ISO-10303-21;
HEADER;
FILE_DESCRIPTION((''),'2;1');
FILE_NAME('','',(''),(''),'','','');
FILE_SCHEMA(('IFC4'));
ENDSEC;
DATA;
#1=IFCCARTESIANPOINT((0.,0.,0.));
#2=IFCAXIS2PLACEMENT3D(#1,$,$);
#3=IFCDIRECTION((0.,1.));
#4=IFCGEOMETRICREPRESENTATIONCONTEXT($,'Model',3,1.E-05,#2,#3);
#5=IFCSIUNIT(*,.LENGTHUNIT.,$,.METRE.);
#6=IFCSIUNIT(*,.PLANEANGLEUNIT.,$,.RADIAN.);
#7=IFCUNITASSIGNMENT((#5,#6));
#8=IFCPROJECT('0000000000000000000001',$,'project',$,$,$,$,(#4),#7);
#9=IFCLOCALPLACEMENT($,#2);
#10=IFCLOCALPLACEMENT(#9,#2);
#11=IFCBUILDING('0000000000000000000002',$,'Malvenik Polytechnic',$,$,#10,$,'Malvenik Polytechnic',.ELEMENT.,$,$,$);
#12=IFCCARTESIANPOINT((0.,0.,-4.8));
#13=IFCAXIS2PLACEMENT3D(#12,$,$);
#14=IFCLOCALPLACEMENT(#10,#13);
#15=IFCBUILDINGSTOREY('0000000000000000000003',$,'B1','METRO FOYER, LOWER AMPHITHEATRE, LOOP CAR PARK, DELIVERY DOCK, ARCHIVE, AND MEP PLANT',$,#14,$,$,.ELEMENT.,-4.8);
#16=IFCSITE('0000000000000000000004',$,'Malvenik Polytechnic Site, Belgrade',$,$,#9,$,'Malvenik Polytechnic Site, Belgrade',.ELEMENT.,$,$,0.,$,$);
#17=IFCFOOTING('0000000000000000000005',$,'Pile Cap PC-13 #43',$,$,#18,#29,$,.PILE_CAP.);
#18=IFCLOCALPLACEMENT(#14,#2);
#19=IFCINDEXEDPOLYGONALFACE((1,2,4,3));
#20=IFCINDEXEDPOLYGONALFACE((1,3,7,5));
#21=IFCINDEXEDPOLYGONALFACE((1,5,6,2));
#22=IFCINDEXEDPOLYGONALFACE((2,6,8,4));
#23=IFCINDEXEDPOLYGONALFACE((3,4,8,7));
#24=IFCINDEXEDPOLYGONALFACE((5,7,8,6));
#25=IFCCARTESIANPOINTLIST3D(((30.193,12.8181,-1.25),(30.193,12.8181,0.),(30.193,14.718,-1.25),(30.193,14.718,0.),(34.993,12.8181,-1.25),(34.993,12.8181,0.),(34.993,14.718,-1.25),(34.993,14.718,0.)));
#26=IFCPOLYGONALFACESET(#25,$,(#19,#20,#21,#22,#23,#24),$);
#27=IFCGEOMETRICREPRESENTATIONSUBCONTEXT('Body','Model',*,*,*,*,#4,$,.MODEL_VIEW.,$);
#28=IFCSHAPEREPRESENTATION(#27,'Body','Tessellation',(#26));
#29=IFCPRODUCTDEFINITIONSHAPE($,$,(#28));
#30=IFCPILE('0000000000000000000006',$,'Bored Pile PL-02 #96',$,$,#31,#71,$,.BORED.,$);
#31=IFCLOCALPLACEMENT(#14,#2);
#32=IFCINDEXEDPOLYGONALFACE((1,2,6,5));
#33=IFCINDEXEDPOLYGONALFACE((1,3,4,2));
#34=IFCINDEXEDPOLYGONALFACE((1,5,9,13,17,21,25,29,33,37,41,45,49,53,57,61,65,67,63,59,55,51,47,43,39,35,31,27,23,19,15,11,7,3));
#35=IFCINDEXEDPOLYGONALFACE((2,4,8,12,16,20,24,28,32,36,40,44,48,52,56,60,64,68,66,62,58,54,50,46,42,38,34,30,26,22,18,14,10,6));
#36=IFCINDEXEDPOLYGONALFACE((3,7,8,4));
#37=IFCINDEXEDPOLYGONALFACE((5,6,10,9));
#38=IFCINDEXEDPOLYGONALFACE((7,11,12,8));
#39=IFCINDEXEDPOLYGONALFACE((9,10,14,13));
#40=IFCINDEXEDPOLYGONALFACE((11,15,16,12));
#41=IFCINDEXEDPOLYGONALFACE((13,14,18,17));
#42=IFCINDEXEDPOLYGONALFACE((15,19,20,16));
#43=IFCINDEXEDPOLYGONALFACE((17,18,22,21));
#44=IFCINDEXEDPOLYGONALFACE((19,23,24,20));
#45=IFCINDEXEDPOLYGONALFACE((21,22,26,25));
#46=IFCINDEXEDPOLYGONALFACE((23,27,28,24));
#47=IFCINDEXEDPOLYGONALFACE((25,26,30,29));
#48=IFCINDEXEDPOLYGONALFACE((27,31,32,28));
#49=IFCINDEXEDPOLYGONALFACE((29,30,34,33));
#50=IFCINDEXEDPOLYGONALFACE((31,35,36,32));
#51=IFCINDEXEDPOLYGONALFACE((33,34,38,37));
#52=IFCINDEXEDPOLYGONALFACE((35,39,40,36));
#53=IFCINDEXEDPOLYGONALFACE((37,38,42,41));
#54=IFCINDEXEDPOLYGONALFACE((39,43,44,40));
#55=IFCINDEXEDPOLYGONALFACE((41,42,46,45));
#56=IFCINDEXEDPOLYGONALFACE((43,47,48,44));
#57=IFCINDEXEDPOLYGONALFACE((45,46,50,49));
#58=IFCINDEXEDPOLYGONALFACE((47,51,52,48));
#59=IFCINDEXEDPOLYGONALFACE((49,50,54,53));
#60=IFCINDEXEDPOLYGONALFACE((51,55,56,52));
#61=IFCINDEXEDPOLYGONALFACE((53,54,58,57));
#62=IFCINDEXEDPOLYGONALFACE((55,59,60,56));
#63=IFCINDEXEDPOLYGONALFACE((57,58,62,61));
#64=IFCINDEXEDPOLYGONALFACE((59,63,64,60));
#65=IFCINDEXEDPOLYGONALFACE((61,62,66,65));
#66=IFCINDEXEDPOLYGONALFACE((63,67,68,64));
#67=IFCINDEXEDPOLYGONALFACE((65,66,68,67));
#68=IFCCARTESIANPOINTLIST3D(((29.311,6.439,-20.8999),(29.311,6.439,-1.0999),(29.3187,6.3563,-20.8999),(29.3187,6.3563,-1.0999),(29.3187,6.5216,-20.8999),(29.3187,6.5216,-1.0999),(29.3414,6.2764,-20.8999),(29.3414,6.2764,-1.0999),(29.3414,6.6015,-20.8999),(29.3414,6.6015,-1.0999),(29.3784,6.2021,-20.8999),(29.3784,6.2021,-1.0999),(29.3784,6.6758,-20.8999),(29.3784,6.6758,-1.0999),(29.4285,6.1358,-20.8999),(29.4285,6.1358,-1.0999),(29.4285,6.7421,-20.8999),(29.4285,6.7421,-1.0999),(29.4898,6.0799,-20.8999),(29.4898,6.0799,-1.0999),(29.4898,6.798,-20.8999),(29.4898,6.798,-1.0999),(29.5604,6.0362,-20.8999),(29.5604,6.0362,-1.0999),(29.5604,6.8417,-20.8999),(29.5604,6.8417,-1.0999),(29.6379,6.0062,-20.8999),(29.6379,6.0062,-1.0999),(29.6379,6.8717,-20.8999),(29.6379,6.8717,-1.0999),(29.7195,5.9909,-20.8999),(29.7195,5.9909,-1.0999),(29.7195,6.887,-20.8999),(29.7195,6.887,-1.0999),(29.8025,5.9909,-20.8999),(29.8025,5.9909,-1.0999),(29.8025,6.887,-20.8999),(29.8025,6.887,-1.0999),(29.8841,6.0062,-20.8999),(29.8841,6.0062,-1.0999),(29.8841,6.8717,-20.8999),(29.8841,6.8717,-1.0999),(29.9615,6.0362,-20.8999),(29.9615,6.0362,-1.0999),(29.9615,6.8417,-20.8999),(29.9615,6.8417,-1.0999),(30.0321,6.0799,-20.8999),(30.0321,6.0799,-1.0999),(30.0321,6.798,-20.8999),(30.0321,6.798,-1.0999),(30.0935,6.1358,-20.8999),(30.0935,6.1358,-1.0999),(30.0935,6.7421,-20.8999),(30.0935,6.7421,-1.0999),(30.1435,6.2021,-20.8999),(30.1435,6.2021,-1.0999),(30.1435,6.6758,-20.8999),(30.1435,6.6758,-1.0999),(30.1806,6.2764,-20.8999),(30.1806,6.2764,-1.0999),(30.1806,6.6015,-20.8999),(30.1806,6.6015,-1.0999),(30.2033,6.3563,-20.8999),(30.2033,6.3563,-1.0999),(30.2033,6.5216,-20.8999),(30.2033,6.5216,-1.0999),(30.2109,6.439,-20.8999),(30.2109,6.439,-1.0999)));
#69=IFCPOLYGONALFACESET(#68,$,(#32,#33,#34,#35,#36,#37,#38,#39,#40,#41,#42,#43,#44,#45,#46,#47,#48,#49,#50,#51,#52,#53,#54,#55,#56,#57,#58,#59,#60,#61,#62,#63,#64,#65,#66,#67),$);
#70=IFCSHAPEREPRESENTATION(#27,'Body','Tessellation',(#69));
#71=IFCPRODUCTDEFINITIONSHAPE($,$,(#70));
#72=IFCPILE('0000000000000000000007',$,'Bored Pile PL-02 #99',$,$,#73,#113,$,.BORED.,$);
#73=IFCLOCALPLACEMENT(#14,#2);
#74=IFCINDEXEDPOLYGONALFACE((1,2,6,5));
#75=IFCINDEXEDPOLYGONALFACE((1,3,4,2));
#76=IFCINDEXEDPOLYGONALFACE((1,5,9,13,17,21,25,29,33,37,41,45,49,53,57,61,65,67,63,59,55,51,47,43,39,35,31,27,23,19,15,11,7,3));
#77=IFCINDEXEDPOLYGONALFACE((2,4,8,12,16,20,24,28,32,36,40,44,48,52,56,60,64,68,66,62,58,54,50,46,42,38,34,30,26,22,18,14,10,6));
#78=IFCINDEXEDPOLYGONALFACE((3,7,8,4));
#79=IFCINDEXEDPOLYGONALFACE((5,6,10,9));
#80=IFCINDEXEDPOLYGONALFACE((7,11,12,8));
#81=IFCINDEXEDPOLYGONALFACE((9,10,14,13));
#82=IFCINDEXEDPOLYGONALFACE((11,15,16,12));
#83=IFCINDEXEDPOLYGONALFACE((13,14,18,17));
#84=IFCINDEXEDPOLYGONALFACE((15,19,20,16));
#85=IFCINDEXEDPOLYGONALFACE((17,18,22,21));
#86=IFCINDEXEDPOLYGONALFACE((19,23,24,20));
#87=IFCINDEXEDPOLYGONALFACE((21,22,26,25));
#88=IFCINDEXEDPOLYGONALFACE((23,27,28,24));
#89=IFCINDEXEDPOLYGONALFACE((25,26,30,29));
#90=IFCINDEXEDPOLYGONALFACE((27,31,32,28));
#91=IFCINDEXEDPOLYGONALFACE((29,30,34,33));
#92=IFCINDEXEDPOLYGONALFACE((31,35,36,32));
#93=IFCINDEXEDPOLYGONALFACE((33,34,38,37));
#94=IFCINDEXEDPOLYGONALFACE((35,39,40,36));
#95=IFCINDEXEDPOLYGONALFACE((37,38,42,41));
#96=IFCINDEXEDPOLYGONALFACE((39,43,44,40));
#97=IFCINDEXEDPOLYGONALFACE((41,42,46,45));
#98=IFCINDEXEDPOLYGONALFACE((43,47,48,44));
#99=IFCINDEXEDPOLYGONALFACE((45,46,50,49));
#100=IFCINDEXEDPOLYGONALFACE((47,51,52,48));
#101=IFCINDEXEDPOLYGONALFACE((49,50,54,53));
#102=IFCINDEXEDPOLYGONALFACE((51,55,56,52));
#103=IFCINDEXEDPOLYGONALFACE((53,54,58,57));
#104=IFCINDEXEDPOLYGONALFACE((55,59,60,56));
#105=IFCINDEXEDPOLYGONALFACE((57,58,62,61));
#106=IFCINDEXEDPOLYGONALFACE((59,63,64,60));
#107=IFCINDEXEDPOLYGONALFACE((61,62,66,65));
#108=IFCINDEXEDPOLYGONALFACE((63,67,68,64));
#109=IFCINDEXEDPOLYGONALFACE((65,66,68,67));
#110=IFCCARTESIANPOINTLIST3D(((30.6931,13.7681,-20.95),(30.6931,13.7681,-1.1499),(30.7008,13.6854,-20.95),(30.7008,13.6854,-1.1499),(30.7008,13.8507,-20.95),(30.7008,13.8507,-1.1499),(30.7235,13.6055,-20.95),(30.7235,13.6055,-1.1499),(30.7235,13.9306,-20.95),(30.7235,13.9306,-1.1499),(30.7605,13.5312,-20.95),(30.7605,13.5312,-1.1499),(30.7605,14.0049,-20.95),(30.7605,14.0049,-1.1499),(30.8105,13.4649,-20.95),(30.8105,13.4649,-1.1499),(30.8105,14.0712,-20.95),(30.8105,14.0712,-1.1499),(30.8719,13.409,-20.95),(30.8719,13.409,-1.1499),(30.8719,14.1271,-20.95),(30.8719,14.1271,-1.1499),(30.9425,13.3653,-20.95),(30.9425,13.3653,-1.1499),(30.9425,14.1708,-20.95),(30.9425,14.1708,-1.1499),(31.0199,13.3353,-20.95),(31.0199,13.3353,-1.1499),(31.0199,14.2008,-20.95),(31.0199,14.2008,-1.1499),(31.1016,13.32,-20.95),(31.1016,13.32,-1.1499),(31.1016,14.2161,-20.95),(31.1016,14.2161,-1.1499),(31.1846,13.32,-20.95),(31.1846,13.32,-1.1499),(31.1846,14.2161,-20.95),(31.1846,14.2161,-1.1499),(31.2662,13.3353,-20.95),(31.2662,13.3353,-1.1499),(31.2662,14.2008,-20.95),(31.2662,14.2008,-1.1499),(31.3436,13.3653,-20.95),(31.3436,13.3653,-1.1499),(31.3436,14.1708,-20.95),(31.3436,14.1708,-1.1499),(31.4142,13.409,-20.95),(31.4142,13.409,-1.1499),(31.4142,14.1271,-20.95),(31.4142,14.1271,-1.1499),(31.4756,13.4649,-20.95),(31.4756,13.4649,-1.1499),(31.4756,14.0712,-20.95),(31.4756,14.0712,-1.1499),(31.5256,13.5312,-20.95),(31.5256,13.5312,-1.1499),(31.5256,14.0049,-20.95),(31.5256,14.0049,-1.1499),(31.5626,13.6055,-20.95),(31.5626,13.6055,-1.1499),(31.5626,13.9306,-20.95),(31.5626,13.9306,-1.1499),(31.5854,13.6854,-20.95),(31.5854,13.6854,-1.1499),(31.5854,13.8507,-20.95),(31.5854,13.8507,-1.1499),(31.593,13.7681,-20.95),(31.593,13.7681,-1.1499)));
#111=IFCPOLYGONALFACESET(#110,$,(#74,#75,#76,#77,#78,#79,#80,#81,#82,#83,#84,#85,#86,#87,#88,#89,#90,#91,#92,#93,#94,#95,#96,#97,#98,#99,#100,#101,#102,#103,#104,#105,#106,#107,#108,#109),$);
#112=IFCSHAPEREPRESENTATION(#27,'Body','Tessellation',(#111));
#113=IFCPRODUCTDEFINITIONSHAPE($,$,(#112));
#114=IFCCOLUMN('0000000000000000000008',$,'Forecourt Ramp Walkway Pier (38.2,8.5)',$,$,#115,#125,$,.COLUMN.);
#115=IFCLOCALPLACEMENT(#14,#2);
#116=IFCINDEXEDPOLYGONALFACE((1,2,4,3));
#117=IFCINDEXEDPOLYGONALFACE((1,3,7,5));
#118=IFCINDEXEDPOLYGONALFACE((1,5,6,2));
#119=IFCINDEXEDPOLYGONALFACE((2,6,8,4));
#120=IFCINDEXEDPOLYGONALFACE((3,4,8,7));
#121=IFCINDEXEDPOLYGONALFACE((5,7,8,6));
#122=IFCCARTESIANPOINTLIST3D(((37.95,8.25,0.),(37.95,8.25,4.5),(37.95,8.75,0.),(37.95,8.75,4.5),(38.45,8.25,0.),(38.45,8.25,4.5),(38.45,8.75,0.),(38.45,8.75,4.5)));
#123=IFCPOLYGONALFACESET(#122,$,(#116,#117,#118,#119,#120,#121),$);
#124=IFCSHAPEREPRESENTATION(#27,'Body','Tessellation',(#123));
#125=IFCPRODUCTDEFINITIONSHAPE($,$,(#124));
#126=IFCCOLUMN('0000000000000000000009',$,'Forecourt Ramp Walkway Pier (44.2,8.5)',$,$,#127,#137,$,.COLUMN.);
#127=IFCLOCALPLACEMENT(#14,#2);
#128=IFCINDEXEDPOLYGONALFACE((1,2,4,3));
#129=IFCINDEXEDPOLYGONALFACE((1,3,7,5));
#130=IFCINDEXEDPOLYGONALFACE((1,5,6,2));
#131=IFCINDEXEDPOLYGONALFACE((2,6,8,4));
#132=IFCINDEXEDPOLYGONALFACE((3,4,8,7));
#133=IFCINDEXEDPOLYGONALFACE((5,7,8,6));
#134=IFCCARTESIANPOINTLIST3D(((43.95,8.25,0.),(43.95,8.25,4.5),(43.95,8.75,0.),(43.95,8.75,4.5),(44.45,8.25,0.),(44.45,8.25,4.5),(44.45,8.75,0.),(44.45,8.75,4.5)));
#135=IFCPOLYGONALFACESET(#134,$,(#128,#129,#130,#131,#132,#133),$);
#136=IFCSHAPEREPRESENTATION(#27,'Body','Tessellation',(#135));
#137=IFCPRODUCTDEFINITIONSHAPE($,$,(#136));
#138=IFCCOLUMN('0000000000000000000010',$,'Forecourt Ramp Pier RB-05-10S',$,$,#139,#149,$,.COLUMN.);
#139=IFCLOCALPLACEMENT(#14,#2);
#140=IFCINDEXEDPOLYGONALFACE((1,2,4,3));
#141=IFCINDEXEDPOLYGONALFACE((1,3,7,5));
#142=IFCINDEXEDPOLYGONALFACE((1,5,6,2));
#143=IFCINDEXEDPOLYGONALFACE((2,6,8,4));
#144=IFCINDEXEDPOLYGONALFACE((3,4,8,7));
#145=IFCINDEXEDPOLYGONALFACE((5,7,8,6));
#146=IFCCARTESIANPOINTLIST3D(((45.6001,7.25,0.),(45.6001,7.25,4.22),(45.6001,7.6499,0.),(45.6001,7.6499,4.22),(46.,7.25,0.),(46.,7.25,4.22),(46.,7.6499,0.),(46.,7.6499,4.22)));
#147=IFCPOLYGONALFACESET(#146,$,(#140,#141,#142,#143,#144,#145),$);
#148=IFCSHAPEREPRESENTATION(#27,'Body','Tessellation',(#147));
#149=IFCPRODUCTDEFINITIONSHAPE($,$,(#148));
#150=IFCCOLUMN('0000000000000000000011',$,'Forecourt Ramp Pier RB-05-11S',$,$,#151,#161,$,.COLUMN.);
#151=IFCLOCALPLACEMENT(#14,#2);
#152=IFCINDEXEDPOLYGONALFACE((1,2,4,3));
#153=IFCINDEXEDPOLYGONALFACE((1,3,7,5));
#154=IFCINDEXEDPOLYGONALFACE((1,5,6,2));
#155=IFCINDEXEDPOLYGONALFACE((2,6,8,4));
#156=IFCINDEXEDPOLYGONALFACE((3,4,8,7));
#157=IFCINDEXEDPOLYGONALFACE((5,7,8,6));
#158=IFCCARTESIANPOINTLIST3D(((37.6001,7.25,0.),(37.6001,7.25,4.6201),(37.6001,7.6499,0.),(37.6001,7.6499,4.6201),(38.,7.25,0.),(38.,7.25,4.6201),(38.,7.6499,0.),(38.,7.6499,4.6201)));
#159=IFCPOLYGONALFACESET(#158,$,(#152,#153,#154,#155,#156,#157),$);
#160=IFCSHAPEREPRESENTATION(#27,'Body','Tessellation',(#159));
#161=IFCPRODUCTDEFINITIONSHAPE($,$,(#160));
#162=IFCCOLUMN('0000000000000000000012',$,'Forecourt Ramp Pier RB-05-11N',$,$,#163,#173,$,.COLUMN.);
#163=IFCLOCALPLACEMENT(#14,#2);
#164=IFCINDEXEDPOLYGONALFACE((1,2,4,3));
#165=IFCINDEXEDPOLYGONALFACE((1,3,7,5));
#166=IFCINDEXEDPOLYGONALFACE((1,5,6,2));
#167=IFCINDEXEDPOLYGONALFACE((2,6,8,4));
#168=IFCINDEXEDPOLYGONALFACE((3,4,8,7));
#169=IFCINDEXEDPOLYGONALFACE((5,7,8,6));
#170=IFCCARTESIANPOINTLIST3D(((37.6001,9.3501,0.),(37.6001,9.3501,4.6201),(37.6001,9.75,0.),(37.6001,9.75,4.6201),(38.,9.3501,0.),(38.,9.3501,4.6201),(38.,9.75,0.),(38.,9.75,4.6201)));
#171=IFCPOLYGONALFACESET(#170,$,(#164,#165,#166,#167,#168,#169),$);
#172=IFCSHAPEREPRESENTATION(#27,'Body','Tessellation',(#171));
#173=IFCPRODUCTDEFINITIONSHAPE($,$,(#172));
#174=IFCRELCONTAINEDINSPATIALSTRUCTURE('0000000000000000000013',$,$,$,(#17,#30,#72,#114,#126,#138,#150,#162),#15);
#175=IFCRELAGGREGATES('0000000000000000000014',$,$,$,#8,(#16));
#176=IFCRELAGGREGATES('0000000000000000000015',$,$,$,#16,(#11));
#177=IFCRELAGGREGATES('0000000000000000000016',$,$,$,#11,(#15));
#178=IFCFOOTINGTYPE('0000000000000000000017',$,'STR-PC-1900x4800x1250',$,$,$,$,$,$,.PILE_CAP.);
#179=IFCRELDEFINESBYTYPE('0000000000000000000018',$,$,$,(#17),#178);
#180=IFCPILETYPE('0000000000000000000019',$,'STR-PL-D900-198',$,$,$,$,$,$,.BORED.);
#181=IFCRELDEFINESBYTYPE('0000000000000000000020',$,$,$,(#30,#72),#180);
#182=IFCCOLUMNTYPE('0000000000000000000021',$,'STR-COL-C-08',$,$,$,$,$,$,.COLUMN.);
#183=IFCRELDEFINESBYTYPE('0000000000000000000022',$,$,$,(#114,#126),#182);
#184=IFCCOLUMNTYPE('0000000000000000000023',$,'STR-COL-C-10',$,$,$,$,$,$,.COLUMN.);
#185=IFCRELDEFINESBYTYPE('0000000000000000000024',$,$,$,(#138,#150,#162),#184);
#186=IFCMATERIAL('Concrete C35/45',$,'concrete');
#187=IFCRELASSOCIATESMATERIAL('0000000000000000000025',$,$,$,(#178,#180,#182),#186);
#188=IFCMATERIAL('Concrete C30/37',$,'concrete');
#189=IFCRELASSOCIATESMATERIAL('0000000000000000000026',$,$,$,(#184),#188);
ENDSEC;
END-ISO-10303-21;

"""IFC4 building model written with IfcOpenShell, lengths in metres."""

from ifc_helpers import new_model, si_unit, direction, frame, origin, origin_2d, place, context, subcontext, project, spatial, rectangle, circle, extrude, material, material_profile, profile_set, type_object, element, save


model = new_model("IFC4")

# Units and contexts
model_context = context("Model", 3, precision=1e-05, world=origin(), true_north=direction((0.0, 1.0)))
body_context = subcontext(model_context, "Body", "Model", "MODEL_VIEW")
ifc_project = project(units=[si_unit("LENGTHUNIT", "METRE"), si_unit("PLANEANGLEUNIT", "RADIAN")], contexts=[model_context])

# Site, building, storey
site_placement = place(None, origin())
site = spatial("IfcSite", under=ifc_project, at=site_placement, Name="Malvenik Polytechnic Site, Belgrade", LongName="Malvenik Polytechnic Site, Belgrade", CompositionType="ELEMENT", RefElevation=0.0)
building_placement = place(site_placement, origin())
building = spatial("IfcBuilding", under=site, at=building_placement, Name="Malvenik Polytechnic", LongName="Malvenik Polytechnic", CompositionType="ELEMENT")
storey_placement = place(building_placement, frame((0.0, 0.0, -4.8)))
storey = spatial("IfcBuildingStorey", under=building, at=storey_placement, Name="B1", Description="METRO FOYER, LOWER AMPHITHEATRE, LOOP CAR PARK, DELIVERY DOCK, ARCHIVE, AND MEP PLANT", CompositionType="ELEMENT", Elevation=-4.8)

# Footing
ifc_material_1 = material(Name="Concrete C35/45", Category="concrete")
footing_type = type_object("IfcFootingType", Name="STR-PC-1900x4800x1250", PredefinedType="PILE_CAP", material=ifc_material_1)
footing_placement = place(storey_placement, frame((32.593, 13.7681, -1.25), z_axis=(0.0, 0.0, 1.0), x_axis=(1.0, 0.0, 0.0)))
element("IfcFooting", 1, at=footing_placement, inside=storey, type_object=footing_type, Name="Pile Cap PC-13 #43", PredefinedType="PILE_CAP", context=body_context, shape_type="SweptSolid", body=[
    extrude(rectangle(XDim=4.8, YDim=1.8999, at=origin_2d()), origin(), (0.0, 0.0, 1.0), 1.25),
])

# Piles
ifc_material_profile_1 = material_profile(ifc_material_1, circle(Radius=0.45, at=origin_2d()), Name="BORED PILE D900")
ifc_profile_set_1 = profile_set([ifc_material_profile_1], Name="Concrete C35/45")
pile_type = type_object("IfcPileType", Name="STR-PL-D900-198", PredefinedType="BORED", material=ifc_profile_set_1)
for number, where, z_axis, x_axis, name in (
    (2, (29.761, 6.439, -1.0999), (0.0, 0.0, -1.0), (1.0, 0.0, 0.0), "Bored Pile PL-02 #96"),
    (3, (31.1431, 13.7681, -1.1499), (0.0, 0.0, -1.0), (1.0, 0.0, 0.0), "Bored Pile PL-02 #99"),
):
    element("IfcPile", number, at=place(storey_placement, frame(where, z_axis=z_axis, x_axis=x_axis)), inside=storey, type_object=pile_type, Name=name, PredefinedType="BORED", context=body_context, shape_type="SweptSolid", body=[
        extrude(circle(Radius=0.45, at=origin_2d()), origin(), (0.0, 0.0, 1.0), 19.8),
    ])

# Columns
ifc_material_profile_2 = material_profile(ifc_material_1, rectangle(XDim=0.5, YDim=0.5, at=origin_2d()), Name="RC COL 500x500")
ifc_profile_set_2 = profile_set([ifc_material_profile_2], Name="Concrete C35/45")
column_type_1 = type_object("IfcColumnType", Name="STR-COL-C-08", PredefinedType="COLUMN", material=ifc_profile_set_2)
for number, where, z_axis, x_axis, name in (
    (4, (38.2, 8.5, 0.0), (0.0, 0.0, 1.0), (1.0, 0.0, 0.0), "Forecourt Ramp Walkway Pier (38.2,8.5)"),
    (5, (44.2, 8.5, 0.0), (0.0, 0.0, 1.0), (1.0, 0.0, 0.0), "Forecourt Ramp Walkway Pier (44.2,8.5)"),
):
    element("IfcColumn", number, at=place(storey_placement, frame(where, z_axis=z_axis, x_axis=x_axis)), inside=storey, type_object=column_type_1, Name=name, PredefinedType="COLUMN", context=body_context, shape_type="SweptSolid", body=[
        extrude(rectangle(XDim=0.5, YDim=0.5, at=origin_2d()), origin(), (0.0, 0.0, 1.0), 4.5),
    ])
ifc_material_2 = material(Name="Concrete C30/37", Category="concrete")
ifc_material_profile_3 = material_profile(ifc_material_2, rectangle(XDim=0.3999, YDim=0.3999, at=origin_2d()), Name="RC COL 400x400")
ifc_profile_set_3 = profile_set([ifc_material_profile_3], Name="Concrete C30/37")
column_type_2 = type_object("IfcColumnType", Name="STR-COL-C-10", PredefinedType="COLUMN", material=ifc_profile_set_3)
column_1_placement = place(storey_placement, frame((45.8, 7.45, 0.0), z_axis=(0.0, 0.0, 1.0), x_axis=(1.0, 0.0, 0.0)))
element("IfcColumn", 6, at=column_1_placement, inside=storey, type_object=column_type_2, Name="Forecourt Ramp Pier RB-05-10S", PredefinedType="COLUMN", context=body_context, shape_type="SweptSolid", body=[
    extrude(rectangle(XDim=0.3999, YDim=0.3999, at=origin_2d()), origin(), (0.0, 0.0, 1.0), 4.22),
])
for number, where, z_axis, x_axis, name in (
    (7, (37.8, 7.45, 0.0), (0.0, 0.0, 1.0), (1.0, 0.0, 0.0), "Forecourt Ramp Pier RB-05-11S"),
    (8, (37.8, 9.55, 0.0), (0.0, 0.0, 1.0), (1.0, 0.0, 0.0), "Forecourt Ramp Pier RB-05-11N"),
):
    element("IfcColumn", number, at=place(storey_placement, frame(where, z_axis=z_axis, x_axis=x_axis)), inside=storey, type_object=column_type_2, Name=name, PredefinedType="COLUMN", context=body_context, shape_type="SweptSolid", body=[
        extrude(rectangle(XDim=0.3999, YDim=0.3999, at=origin_2d()), origin(), (0.0, 0.0, 1.0), 4.6201),
    ])

save(model, "model.ifc")
